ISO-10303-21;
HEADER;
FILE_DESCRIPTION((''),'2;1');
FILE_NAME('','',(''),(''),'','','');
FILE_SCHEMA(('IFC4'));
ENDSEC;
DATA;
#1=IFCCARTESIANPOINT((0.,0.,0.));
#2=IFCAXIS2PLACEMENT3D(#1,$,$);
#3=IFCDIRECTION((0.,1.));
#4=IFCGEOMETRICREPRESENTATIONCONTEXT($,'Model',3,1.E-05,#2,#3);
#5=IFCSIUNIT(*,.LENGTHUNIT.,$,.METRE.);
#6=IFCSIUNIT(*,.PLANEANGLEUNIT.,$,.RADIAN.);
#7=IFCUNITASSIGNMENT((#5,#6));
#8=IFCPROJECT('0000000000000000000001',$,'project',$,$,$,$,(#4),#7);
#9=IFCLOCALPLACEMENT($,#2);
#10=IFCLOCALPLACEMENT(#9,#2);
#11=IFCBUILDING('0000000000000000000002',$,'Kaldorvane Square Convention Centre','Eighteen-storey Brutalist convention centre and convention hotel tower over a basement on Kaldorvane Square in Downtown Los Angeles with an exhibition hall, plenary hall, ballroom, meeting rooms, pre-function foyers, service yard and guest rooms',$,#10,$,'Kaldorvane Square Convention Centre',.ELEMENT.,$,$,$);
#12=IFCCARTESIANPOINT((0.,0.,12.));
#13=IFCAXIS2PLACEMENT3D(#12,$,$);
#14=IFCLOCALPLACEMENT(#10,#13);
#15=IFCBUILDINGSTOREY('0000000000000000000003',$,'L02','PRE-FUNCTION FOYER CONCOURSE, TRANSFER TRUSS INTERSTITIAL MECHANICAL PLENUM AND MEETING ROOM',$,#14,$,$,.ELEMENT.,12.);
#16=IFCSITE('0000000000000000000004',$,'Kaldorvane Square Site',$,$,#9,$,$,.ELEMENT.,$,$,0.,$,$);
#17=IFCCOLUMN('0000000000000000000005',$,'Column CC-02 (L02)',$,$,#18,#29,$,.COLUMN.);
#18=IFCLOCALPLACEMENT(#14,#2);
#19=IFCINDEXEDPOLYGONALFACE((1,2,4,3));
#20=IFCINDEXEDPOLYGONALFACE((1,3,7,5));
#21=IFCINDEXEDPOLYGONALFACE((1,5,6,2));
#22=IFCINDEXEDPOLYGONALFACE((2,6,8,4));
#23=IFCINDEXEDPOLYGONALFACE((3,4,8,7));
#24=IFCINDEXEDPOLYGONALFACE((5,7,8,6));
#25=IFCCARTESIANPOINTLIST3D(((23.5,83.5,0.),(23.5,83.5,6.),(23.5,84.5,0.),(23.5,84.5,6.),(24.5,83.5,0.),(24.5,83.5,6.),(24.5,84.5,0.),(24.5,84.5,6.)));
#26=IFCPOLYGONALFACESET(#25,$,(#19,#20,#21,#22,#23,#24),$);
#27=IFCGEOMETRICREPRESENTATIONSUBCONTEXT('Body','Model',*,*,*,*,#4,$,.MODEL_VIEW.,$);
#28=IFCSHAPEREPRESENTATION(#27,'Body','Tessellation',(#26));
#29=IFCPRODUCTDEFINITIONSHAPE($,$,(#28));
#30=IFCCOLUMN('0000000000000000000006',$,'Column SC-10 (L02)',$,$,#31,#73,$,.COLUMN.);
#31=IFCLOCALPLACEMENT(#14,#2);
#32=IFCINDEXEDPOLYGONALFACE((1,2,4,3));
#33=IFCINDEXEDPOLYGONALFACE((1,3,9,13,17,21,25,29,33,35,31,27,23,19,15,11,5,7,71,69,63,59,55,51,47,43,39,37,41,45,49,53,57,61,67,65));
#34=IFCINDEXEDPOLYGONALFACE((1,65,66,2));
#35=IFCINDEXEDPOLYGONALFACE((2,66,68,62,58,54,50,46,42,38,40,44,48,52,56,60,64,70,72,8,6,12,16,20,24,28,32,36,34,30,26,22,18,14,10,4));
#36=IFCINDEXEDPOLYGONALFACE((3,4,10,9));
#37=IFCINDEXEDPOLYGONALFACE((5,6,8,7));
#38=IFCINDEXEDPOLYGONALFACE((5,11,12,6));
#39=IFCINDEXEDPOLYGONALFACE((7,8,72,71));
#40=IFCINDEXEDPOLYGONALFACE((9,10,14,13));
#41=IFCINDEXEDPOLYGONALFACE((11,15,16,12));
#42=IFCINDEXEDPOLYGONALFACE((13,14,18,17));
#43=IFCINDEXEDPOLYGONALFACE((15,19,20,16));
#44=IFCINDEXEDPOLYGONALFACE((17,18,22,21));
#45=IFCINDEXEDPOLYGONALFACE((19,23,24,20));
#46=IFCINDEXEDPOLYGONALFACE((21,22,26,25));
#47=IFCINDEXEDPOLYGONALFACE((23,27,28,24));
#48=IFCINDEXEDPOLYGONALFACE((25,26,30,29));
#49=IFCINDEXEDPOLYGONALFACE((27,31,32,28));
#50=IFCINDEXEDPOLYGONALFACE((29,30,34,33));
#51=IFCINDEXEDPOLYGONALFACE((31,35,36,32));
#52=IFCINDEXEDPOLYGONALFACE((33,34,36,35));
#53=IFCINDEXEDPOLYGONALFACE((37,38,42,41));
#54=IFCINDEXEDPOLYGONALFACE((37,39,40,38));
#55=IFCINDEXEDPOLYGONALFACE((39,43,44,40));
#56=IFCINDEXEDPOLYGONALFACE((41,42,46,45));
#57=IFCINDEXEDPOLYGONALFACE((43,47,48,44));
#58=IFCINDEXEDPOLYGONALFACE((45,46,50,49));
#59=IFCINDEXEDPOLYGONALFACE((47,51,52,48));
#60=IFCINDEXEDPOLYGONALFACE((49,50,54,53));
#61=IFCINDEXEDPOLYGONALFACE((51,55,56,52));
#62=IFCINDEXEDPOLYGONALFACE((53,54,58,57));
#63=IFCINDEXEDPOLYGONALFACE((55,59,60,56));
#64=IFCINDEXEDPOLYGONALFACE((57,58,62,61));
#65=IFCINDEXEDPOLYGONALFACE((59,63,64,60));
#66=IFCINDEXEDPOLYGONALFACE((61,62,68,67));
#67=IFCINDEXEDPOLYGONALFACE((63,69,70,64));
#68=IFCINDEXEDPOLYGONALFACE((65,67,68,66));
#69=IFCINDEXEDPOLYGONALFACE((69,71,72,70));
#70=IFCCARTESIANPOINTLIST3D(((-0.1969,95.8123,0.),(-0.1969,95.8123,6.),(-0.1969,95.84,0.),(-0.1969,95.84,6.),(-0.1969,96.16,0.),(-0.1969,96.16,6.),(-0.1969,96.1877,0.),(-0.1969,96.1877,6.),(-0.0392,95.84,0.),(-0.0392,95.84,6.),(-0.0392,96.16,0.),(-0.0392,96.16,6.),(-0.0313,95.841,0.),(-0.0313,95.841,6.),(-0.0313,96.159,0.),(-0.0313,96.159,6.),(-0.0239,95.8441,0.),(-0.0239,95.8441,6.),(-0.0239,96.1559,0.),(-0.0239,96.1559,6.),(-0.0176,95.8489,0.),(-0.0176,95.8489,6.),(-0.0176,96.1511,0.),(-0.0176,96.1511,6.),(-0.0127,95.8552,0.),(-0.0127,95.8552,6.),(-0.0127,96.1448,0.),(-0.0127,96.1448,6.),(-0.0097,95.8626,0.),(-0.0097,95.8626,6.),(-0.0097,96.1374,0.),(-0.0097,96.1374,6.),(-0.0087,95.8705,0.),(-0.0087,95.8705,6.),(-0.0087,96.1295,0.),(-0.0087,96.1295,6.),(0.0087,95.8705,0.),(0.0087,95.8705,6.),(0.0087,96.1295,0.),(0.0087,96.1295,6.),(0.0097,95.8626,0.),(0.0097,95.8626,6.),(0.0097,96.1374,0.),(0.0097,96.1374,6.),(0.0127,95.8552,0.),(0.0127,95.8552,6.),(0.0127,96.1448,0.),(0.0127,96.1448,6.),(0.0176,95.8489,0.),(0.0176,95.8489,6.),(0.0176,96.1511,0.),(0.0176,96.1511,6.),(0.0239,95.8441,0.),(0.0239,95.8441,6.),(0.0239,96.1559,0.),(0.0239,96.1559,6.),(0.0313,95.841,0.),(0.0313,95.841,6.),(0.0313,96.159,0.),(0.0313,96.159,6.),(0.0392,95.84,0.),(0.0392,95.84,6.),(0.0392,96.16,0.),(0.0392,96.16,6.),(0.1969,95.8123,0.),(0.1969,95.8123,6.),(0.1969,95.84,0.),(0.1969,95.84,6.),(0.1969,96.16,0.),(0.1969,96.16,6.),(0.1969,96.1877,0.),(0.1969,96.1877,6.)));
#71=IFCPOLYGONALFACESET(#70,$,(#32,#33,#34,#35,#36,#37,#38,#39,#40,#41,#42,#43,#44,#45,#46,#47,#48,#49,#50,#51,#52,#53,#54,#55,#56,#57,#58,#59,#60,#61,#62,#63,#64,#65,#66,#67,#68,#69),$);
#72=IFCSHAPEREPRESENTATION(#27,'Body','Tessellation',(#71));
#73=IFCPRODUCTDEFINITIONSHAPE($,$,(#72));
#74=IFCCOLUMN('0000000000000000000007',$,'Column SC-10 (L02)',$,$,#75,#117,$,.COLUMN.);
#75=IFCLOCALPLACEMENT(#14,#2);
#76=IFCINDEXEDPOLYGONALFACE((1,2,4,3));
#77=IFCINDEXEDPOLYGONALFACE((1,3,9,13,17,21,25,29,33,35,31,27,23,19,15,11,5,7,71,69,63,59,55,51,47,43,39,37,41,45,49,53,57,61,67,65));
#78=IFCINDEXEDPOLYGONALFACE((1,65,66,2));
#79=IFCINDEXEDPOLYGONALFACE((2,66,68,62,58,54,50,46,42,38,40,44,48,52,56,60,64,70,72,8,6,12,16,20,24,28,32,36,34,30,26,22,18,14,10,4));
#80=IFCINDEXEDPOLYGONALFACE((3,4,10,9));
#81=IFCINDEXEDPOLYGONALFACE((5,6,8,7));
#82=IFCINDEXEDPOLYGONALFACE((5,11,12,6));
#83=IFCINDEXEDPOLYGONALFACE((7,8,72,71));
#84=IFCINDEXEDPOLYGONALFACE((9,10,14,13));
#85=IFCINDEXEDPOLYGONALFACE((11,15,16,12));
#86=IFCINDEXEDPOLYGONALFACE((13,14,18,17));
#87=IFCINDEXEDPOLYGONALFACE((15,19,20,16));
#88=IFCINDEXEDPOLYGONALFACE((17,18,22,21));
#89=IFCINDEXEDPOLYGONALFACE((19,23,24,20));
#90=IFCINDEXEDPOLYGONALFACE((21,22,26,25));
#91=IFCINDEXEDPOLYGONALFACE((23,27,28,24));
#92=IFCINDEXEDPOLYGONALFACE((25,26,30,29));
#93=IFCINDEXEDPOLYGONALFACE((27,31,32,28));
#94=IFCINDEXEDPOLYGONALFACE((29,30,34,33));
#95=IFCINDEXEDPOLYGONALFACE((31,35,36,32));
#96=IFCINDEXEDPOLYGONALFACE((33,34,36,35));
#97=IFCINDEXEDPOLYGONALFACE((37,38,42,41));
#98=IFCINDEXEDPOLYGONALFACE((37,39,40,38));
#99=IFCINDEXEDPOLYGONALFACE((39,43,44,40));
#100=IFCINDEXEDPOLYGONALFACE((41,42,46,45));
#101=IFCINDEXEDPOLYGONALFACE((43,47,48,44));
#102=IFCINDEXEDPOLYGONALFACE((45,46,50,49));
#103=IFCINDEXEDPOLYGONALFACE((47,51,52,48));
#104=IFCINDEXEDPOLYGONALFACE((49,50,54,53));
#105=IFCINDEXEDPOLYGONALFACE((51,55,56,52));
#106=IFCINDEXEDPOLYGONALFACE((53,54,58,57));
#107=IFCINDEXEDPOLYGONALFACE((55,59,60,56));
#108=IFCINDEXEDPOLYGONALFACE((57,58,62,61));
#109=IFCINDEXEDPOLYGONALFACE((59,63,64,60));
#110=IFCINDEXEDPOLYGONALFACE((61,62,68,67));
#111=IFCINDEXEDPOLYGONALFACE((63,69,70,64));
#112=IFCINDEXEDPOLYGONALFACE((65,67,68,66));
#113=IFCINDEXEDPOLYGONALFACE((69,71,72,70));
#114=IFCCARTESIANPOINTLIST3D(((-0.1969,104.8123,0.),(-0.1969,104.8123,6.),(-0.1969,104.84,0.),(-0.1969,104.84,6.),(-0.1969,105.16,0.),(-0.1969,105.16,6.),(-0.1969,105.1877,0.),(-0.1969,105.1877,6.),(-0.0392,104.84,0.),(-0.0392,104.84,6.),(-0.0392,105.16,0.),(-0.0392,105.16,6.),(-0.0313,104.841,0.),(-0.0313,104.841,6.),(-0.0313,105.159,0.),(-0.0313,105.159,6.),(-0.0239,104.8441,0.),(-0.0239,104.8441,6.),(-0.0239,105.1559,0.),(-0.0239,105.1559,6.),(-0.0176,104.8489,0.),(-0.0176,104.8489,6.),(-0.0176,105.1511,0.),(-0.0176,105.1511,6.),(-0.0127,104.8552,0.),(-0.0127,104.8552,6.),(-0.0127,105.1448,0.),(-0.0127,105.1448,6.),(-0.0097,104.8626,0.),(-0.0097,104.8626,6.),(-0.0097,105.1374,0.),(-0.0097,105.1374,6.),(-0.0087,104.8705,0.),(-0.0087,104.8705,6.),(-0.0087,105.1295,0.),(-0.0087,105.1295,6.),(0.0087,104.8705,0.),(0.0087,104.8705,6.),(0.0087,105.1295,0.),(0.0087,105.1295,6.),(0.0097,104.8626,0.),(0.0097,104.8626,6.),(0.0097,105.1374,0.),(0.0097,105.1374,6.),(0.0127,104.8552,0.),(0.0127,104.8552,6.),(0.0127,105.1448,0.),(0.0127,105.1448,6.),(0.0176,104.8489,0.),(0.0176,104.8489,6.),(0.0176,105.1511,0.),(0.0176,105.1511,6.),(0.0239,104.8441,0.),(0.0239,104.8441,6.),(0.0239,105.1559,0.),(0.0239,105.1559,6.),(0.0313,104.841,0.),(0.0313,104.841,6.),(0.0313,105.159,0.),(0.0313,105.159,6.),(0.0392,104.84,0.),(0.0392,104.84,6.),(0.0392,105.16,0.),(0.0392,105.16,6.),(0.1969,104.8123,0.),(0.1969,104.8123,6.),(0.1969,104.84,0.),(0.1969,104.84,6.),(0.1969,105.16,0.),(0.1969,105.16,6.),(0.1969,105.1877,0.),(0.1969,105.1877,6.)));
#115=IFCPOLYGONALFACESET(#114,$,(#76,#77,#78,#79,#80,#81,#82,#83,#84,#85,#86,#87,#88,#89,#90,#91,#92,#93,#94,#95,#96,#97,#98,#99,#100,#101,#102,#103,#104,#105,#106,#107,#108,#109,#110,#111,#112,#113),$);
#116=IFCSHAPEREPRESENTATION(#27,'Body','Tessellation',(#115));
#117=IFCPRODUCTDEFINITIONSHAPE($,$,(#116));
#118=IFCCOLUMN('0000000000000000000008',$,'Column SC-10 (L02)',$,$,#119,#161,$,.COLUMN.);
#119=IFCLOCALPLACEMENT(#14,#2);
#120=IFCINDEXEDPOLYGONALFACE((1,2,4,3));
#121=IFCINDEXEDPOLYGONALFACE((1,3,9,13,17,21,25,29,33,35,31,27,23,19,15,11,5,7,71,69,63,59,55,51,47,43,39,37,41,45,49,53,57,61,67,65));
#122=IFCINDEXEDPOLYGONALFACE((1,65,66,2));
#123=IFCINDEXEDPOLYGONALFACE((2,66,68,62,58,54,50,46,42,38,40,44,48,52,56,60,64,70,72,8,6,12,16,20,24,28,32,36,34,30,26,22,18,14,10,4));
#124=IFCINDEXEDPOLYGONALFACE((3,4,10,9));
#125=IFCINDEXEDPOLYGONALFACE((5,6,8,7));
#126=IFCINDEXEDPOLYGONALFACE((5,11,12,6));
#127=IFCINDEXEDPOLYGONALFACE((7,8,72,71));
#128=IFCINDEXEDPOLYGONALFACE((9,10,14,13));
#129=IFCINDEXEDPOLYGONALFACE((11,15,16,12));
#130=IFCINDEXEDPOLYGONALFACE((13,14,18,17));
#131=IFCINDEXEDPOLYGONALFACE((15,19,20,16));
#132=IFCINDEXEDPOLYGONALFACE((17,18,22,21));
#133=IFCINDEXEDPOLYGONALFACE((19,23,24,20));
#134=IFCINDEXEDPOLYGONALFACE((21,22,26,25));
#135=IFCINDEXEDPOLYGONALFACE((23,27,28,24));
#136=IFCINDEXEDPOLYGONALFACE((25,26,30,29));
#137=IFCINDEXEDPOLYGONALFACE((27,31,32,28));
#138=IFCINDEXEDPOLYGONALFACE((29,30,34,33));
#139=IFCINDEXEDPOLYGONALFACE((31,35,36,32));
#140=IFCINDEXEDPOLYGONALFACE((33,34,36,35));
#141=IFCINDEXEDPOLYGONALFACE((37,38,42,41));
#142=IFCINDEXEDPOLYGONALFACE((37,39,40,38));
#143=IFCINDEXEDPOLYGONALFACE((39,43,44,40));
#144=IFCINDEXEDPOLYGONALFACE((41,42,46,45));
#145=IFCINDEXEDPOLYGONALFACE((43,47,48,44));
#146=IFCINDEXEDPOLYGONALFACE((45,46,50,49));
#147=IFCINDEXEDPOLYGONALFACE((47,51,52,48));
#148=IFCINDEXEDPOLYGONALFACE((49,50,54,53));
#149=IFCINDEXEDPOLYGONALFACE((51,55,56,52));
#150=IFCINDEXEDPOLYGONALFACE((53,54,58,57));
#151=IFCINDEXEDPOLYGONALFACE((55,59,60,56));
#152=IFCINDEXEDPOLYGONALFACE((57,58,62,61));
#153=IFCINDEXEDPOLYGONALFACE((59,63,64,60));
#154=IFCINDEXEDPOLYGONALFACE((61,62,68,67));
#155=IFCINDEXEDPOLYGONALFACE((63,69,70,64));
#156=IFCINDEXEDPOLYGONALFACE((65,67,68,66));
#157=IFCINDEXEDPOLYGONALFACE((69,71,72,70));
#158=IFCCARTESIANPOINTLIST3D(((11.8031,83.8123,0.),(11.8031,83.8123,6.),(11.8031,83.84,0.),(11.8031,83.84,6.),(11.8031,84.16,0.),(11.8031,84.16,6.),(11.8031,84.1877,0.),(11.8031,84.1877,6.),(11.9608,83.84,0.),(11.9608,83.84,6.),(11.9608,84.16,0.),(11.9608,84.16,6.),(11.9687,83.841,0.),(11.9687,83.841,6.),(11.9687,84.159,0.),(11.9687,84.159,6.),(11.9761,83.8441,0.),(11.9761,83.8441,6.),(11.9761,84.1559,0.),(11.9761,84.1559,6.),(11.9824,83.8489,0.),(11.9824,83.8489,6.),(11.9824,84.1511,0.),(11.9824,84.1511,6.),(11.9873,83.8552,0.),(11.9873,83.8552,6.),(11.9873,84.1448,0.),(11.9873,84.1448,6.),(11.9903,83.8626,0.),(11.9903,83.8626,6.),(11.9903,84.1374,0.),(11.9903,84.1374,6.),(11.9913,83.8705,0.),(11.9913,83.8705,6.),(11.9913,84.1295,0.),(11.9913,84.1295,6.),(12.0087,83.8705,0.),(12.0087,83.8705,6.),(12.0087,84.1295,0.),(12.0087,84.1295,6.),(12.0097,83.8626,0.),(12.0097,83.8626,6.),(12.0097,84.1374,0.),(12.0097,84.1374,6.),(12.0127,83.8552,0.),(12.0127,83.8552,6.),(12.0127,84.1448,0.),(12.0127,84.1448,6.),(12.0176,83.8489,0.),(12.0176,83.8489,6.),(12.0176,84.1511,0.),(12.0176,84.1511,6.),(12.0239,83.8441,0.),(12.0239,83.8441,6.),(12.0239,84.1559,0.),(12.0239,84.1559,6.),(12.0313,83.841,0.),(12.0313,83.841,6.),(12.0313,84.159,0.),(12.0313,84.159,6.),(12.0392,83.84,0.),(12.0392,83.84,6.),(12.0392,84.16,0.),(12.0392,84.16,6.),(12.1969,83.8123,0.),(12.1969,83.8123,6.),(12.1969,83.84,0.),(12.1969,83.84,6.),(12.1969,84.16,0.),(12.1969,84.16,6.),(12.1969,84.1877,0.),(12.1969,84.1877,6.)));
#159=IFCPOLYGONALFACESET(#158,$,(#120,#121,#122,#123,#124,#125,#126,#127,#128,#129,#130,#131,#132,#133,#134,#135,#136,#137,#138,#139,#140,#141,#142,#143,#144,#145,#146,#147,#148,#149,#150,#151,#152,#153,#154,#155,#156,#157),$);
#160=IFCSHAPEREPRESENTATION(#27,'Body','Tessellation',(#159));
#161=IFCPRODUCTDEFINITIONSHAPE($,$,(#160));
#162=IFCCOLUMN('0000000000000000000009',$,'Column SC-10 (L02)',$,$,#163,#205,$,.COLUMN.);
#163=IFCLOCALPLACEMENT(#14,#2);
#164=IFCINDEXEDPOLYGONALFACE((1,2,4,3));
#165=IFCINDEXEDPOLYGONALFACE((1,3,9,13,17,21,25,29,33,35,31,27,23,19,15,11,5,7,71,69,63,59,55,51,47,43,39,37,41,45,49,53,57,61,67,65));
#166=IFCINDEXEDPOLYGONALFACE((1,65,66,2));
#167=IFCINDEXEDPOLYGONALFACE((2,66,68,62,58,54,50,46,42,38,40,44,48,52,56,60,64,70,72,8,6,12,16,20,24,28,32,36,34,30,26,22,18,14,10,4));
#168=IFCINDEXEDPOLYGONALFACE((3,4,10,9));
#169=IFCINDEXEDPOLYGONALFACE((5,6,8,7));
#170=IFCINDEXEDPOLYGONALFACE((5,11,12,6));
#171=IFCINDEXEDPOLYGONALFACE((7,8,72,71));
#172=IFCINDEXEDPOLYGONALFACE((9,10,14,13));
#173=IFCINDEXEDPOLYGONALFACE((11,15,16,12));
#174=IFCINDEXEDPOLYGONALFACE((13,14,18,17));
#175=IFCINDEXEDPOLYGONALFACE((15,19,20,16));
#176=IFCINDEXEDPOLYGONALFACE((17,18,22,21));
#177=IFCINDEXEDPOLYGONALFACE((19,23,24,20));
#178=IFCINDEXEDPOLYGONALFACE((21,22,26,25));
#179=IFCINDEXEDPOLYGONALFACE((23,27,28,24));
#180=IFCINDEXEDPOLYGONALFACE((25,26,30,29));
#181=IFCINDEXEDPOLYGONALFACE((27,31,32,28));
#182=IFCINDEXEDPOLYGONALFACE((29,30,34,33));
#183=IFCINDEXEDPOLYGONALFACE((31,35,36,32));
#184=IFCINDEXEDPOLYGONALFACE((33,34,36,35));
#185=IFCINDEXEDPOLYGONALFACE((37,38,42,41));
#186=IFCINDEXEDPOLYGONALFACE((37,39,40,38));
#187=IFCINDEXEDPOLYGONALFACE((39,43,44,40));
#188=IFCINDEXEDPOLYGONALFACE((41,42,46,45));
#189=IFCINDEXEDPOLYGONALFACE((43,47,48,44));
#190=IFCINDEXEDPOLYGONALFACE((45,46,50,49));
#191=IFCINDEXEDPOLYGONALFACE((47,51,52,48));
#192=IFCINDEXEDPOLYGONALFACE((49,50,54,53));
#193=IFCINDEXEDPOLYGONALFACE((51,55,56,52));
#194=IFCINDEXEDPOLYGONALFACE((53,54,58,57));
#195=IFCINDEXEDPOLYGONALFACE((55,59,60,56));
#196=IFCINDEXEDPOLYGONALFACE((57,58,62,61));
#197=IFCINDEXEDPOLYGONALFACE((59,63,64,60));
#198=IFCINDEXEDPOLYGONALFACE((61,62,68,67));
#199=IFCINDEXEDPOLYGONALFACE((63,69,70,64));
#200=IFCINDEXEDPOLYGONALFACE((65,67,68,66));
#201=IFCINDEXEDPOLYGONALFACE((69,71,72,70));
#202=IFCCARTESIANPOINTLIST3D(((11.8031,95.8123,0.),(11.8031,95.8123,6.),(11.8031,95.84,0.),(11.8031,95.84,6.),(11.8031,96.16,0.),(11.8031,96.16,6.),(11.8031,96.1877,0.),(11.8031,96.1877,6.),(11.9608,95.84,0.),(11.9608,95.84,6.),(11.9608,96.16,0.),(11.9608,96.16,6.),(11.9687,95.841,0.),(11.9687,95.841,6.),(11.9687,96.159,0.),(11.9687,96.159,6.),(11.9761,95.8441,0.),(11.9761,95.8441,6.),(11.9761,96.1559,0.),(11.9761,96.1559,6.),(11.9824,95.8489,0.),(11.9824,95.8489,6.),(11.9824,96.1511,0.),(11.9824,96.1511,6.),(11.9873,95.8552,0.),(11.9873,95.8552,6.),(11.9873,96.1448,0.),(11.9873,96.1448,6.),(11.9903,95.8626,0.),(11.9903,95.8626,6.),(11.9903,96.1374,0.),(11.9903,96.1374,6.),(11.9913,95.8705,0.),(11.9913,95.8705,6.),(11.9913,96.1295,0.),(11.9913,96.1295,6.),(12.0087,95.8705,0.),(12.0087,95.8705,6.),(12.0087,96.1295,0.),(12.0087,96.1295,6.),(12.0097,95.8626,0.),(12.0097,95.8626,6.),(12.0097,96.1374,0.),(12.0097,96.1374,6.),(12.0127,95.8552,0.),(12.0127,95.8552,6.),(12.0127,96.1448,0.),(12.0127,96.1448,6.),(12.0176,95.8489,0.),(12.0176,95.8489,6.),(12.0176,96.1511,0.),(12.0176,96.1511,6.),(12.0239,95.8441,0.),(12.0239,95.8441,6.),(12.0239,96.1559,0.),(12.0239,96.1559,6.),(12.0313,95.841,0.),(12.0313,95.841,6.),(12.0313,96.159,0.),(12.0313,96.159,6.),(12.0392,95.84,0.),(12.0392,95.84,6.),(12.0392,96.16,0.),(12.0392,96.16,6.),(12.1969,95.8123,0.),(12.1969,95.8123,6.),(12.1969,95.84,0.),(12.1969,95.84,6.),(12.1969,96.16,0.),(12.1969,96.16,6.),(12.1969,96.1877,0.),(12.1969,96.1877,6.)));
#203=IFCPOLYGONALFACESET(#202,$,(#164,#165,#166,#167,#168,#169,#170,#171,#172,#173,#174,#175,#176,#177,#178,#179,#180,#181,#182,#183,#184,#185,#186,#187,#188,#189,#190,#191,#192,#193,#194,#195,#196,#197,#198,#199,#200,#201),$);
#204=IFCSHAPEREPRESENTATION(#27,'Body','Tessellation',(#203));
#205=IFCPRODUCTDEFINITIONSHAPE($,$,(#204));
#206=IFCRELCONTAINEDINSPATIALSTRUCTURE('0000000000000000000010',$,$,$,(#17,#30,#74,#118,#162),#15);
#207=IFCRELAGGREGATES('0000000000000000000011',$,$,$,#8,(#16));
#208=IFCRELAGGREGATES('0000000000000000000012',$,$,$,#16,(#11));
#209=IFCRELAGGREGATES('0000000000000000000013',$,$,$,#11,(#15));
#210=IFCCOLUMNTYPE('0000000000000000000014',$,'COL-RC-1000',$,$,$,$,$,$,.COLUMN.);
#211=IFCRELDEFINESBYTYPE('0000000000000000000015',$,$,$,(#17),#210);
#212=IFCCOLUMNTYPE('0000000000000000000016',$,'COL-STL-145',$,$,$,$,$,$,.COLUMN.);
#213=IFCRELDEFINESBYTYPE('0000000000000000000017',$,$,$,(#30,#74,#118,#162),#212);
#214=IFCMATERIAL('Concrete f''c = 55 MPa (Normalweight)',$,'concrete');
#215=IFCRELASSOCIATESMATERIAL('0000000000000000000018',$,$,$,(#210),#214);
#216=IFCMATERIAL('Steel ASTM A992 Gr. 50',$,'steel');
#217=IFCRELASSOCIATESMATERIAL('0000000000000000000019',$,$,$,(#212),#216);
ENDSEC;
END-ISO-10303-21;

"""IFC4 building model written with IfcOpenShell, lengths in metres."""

from ifc_helpers import new_model, si_unit, direction, frame, origin, origin_2d, place, context, subcontext, project, spatial, rectangle, i_section, extrude, material, material_profile, profile_set, type_object, element, save


model = new_model("IFC4")

# Units and contexts
model_context = context("Model", 3, precision=1e-05, world=origin(), true_north=direction((0.0, 1.0)))
body_context = subcontext(model_context, "Body", "Model", "MODEL_VIEW")
ifc_project = project(units=[si_unit("LENGTHUNIT", "METRE"), si_unit("PLANEANGLEUNIT", "RADIAN")], contexts=[model_context])

# Site, building, storey
site_placement = place(None, origin())
site = spatial("IfcSite", under=ifc_project, at=site_placement, Name="Kaldorvane Square Site", CompositionType="ELEMENT", RefElevation=0.0)
building_placement = place(site_placement, origin())
building = spatial("IfcBuilding", under=site, at=building_placement, Name="Kaldorvane Square Convention Centre", Description="Eighteen-storey Brutalist convention centre and convention hotel tower over a basement on Kaldorvane Square in Downtown Los Angeles with an exhibition hall, plenary hall, ballroom, meeting rooms, pre-function foyers, service yard and guest rooms", LongName="Kaldorvane Square Convention Centre", CompositionType="ELEMENT")
storey_placement = place(building_placement, frame((0.0, 0.0, 12.0)))
storey = spatial("IfcBuildingStorey", under=building, at=storey_placement, Name="L02", Description="PRE-FUNCTION FOYER CONCOURSE, TRANSFER TRUSS INTERSTITIAL MECHANICAL PLENUM AND MEETING ROOM", CompositionType="ELEMENT", Elevation=12.0)

# Columns
ifc_material_1 = material(Name="Concrete f'c = 55 MPa (Normalweight)", Category="concrete")
ifc_material_profile_1 = material_profile(ifc_material_1, rectangle(XDim=1.0, YDim=1.0, at=origin_2d()), Name="RC1000X1000")
ifc_profile_set_1 = profile_set([ifc_material_profile_1], Name="Concrete f'c = 55 MPa (Normalweight)")
column_type_1 = type_object("IfcColumnType", Name="COL-RC-1000", PredefinedType="COLUMN", material=ifc_profile_set_1)
column_placement = place(storey_placement, frame((24.0, 84.0, 0.0), z_axis=(0.0, 0.0, 1.0), x_axis=(1.0, 0.0, 0.0)))
element("IfcColumn", 1, at=column_placement, inside=storey, type_object=column_type_1, Name="Column CC-02 (L02)", PredefinedType="COLUMN", context=body_context, shape_type="SweptSolid", body=[
    extrude(rectangle(XDim=1.0, YDim=1.0, at=origin_2d()), origin(), (0.0, 0.0, 1.0), 6.0),
])
ifc_material_2 = material(Name="Steel ASTM A992 Gr. 50", Category="steel")
ifc_material_profile_2 = material_profile(ifc_material_2, i_section(OverallWidth=0.3937, OverallDepth=0.3754, WebThickness=0.0173, FlangeThickness=0.0277, FilletRadius=0.0305, at=origin_2d()), Name="W14X145")
ifc_profile_set_2 = profile_set([ifc_material_profile_2], Name="Steel ASTM A992 Gr. 50")
column_type_2 = type_object("IfcColumnType", Name="COL-STL-145", PredefinedType="COLUMN", material=ifc_profile_set_2)
for number, where, z_axis, x_axis, name in (
    (2, (0.0, 96.0, 0.0), (0.0, 0.0, 1.0), (1.0, 0.0, 0.0), "Column SC-10 (L02)"),
    (3, (0.0, 105.0, 0.0), (0.0, 0.0, 1.0), (1.0, 0.0, 0.0), "Column SC-10 (L02)"),
    (4, (12.0, 84.0, 0.0), (0.0, 0.0, 1.0), (1.0, 0.0, 0.0), "Column SC-10 (L02)"),
    (5, (12.0, 96.0, 0.0), (0.0, 0.0, 1.0), (1.0, 0.0, 0.0), "Column SC-10 (L02)"),
):
    element("IfcColumn", number, at=place(storey_placement, frame(where, z_axis=z_axis, x_axis=x_axis)), inside=storey, type_object=column_type_2, Name=name, PredefinedType="COLUMN", context=body_context, shape_type="SweptSolid", body=[
        extrude(i_section(OverallWidth=0.3937, OverallDepth=0.3754, WebThickness=0.0173, FlangeThickness=0.0277, FilletRadius=0.0305, at=origin_2d()), origin(), (0.0, 0.0, 1.0), 6.0),
    ])

save(model, "model.ifc")
